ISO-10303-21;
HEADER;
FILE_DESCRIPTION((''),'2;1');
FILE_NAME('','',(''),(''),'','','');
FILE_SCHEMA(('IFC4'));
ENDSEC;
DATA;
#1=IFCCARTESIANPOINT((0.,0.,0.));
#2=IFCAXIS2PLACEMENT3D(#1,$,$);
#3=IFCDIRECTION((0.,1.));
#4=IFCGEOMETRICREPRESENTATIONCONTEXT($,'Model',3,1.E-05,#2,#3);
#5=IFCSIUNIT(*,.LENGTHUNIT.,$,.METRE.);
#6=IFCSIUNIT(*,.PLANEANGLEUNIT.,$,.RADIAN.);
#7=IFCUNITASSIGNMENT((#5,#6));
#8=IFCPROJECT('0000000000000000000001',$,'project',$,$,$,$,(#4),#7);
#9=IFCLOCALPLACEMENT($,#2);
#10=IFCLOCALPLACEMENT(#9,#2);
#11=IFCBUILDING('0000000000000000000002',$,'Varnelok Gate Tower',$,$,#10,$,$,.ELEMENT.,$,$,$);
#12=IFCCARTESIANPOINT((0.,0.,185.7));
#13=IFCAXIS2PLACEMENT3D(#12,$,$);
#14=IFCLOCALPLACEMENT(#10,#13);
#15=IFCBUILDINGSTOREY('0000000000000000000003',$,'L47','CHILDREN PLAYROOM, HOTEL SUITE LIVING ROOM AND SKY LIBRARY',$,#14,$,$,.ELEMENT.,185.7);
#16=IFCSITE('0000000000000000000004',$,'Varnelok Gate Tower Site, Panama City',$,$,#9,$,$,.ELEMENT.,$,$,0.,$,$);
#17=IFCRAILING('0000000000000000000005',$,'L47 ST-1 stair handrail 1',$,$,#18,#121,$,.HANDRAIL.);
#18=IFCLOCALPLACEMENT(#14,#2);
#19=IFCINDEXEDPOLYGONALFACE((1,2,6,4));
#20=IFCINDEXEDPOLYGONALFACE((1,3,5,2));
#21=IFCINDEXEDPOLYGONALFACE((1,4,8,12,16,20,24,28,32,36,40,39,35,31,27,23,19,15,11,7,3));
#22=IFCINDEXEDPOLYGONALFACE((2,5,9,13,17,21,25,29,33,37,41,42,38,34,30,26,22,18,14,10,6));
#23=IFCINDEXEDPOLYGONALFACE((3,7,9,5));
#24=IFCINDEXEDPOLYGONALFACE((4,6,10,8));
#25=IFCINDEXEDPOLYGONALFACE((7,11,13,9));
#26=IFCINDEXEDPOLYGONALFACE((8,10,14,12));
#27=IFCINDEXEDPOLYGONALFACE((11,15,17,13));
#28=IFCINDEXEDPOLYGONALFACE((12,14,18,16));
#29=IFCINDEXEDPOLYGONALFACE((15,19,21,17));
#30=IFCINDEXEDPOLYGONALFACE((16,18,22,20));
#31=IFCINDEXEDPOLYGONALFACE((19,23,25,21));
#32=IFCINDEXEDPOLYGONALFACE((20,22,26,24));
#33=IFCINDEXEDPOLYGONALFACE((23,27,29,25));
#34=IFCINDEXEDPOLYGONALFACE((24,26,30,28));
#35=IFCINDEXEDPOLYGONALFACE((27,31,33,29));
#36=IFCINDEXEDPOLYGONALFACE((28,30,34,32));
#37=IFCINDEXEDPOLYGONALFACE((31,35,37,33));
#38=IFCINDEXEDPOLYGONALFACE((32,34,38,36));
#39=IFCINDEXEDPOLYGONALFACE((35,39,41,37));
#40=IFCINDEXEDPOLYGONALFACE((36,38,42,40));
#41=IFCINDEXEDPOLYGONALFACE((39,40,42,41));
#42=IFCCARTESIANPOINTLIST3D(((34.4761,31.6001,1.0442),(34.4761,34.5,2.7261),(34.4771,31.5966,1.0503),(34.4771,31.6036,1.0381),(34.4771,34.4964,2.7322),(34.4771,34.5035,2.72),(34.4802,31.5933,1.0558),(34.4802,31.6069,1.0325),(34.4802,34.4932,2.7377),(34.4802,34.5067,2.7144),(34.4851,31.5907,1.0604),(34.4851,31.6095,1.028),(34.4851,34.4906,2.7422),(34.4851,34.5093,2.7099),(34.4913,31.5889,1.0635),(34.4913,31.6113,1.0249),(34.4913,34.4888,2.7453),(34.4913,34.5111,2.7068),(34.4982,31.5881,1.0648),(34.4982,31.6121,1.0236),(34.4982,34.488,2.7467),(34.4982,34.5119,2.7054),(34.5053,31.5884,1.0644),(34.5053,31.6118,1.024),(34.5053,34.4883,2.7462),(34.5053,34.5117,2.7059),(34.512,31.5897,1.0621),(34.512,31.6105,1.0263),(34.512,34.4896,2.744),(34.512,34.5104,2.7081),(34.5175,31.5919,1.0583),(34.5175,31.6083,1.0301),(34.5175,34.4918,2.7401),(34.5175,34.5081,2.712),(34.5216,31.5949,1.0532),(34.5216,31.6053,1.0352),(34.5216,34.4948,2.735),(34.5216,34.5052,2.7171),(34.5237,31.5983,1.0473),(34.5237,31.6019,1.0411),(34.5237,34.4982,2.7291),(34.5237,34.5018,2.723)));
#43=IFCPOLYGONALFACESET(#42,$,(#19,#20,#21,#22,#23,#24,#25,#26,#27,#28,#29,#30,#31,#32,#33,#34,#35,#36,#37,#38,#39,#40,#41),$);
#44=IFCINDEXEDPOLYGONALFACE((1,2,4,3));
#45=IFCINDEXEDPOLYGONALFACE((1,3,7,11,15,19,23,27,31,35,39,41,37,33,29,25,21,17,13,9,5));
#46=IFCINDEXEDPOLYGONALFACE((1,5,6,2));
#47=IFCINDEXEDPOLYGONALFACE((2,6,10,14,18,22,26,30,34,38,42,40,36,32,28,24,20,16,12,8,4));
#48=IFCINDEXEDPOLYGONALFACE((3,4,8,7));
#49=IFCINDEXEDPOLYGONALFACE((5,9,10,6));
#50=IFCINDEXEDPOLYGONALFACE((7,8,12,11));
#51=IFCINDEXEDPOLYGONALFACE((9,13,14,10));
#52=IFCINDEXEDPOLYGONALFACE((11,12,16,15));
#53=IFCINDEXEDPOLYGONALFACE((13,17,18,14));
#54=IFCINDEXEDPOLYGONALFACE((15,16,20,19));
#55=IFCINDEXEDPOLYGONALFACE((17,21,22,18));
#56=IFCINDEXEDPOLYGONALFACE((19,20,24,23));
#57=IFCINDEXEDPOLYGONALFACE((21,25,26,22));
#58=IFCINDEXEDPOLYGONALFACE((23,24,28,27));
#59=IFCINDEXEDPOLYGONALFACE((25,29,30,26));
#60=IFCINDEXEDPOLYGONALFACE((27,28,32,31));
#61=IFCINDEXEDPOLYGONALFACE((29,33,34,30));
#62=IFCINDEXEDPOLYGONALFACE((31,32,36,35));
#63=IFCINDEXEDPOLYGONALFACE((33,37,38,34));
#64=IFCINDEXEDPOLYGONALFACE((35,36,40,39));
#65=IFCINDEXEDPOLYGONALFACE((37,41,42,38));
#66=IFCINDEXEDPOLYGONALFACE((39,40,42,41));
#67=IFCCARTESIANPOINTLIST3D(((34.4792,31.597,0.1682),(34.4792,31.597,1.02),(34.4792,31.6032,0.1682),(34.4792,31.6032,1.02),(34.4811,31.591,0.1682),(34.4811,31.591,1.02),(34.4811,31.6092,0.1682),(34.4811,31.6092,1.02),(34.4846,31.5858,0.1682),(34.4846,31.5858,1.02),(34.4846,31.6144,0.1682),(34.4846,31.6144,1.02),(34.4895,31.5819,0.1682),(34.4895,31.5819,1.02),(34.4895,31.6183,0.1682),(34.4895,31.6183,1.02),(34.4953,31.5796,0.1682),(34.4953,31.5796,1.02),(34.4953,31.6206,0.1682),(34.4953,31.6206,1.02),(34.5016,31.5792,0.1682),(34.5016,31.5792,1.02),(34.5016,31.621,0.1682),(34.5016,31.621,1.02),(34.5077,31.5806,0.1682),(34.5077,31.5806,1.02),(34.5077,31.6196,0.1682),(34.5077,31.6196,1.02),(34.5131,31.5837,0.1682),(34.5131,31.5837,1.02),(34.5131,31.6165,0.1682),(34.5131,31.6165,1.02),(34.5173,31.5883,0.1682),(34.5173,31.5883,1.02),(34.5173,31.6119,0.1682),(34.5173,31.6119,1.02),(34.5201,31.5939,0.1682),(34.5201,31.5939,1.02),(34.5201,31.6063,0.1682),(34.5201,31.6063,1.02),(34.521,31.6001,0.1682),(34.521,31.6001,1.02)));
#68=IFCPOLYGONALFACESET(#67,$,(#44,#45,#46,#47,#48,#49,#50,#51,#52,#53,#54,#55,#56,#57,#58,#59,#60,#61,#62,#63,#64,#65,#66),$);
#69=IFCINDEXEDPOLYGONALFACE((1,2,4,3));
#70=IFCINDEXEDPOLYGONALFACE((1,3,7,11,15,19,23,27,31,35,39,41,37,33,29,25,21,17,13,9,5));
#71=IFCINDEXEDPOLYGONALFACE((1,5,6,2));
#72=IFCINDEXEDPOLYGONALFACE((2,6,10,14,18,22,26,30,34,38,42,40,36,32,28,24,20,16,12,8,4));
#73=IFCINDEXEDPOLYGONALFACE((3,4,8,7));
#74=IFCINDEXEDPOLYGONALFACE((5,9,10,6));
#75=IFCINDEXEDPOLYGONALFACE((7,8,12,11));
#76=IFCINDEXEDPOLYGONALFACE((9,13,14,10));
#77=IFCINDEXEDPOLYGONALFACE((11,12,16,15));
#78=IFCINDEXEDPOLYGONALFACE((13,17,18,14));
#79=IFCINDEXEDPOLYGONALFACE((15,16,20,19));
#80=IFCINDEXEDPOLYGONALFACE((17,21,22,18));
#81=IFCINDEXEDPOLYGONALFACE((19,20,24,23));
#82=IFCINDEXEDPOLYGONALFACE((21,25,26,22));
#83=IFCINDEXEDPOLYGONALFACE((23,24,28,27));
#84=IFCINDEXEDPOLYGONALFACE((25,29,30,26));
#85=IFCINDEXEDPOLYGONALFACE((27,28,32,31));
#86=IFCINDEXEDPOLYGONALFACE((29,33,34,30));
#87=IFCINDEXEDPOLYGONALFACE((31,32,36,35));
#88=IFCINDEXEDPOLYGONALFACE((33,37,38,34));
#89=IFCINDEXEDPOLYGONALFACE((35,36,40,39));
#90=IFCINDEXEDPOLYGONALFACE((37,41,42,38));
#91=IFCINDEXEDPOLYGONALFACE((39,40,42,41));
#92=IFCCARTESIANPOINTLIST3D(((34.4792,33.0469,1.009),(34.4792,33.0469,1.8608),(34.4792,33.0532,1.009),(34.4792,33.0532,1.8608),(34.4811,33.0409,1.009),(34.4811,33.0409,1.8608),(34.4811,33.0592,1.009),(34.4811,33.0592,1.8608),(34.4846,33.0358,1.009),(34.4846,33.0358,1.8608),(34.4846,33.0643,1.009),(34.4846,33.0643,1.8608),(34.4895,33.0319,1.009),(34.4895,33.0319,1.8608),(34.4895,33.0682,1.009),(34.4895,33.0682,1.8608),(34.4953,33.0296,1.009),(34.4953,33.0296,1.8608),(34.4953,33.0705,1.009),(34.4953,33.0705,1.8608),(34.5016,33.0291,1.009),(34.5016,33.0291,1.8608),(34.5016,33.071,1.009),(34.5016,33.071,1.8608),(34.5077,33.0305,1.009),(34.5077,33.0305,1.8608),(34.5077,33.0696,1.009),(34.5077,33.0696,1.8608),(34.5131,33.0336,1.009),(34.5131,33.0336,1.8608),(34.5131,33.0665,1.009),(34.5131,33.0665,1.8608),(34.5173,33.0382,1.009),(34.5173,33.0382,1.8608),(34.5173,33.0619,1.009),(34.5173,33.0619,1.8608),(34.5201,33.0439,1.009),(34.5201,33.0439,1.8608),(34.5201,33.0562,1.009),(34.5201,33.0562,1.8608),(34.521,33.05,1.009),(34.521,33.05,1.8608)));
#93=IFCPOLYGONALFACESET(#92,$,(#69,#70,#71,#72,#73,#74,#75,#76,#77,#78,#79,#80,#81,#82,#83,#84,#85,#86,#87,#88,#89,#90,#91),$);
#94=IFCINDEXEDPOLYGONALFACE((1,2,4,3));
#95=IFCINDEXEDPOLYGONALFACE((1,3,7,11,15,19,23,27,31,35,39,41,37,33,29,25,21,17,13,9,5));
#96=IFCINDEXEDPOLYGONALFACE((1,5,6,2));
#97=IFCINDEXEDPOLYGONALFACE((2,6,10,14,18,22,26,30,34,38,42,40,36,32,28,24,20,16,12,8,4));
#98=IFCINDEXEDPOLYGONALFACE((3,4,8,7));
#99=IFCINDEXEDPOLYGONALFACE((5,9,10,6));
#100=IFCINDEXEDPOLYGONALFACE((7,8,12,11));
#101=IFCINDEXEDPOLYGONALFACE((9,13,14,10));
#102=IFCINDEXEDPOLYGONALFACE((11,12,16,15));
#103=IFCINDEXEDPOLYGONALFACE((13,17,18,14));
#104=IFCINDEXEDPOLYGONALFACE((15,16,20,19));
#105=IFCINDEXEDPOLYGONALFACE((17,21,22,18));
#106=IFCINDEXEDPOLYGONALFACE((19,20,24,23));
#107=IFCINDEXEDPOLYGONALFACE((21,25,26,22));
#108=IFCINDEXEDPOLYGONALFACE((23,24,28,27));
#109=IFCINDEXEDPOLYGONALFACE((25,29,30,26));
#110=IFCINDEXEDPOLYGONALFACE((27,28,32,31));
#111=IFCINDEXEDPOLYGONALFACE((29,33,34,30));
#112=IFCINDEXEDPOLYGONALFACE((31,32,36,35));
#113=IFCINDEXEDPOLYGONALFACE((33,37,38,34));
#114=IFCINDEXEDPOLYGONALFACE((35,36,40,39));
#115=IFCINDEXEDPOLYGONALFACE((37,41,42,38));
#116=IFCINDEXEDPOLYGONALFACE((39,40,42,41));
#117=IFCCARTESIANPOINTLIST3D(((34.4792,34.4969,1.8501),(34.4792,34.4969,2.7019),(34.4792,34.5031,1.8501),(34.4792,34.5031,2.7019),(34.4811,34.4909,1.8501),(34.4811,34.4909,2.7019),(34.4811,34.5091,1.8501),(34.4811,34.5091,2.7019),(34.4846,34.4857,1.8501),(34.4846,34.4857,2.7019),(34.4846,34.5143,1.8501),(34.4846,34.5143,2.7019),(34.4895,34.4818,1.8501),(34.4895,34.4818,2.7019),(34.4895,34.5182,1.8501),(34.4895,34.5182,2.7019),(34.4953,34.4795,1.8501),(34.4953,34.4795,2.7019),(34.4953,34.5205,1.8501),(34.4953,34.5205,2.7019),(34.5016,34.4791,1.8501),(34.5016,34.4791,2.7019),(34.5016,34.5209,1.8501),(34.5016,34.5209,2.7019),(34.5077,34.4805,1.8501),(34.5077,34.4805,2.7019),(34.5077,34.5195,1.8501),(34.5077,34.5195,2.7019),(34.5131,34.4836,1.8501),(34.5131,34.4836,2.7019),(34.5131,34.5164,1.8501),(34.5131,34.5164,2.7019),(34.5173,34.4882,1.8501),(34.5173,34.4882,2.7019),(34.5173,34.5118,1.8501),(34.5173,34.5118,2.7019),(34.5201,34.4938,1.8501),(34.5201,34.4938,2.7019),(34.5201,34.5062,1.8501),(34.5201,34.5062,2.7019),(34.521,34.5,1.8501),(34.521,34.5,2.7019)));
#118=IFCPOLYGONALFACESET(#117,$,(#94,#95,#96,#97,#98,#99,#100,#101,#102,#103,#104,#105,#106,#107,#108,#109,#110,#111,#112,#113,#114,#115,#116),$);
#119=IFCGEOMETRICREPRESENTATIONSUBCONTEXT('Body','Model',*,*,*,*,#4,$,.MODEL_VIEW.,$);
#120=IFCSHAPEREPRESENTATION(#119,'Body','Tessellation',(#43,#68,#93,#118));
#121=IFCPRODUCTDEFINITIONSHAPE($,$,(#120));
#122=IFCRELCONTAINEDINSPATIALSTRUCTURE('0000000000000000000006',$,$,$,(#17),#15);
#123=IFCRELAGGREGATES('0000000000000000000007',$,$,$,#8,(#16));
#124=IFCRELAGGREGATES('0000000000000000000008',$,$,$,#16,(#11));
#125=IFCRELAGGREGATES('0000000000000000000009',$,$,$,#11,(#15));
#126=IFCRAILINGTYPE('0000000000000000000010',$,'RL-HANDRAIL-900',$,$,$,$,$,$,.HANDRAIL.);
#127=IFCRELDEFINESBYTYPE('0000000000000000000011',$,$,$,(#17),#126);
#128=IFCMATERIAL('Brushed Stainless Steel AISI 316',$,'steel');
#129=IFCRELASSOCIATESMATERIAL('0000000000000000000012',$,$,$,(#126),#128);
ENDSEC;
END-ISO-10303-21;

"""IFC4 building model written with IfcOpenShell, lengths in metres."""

from ifc_helpers import new_model, si_unit, direction, frame, origin, origin_2d, place, context, subcontext, project, spatial, circle, extrude, material, type_object, element, save


model = new_model("IFC4")

# Units and contexts
model_context = context("Model", 3, precision=1e-05, world=origin(), true_north=direction((0.0, 1.0)))
body_context = subcontext(model_context, "Body", "Model", "MODEL_VIEW")
ifc_project = project(units=[si_unit("LENGTHUNIT", "METRE"), si_unit("PLANEANGLEUNIT", "RADIAN")], contexts=[model_context])

# Site, building, storey
site_placement = place(None, origin())
site = spatial("IfcSite", under=ifc_project, at=site_placement, Name="Varnelok Gate Tower Site, Panama City", CompositionType="ELEMENT", RefElevation=0.0)
building_placement = place(site_placement, origin())
building = spatial("IfcBuilding", under=site, at=building_placement, Name="Varnelok Gate Tower", CompositionType="ELEMENT")
storey_placement = place(building_placement, frame((0.0, 0.0, 185.7)))
storey = spatial("IfcBuildingStorey", under=building, at=storey_placement, Name="L47", Description="CHILDREN PLAYROOM, HOTEL SUITE LIVING ROOM AND SKY LIBRARY", CompositionType="ELEMENT", Elevation=185.7)

# Railing
ifc_material_1 = material(Name="Brushed Stainless Steel AISI 316", Category="steel")
railing_type_1 = type_object("IfcRailingType", Name="RL-HANDRAIL-900", PredefinedType="HANDRAIL", material=ifc_material_1)
railing_1_placement = place(storey_placement, frame((34.5, 31.6001, 0.1682)))
element("IfcRailing", 1, at=railing_1_placement, inside=storey, type_object=railing_type_1, Name="L47 ST-1 stair handrail 1", PredefinedType="HANDRAIL", context=body_context, shape_type="SweptSolid", body=[
    extrude(circle(Radius=0.0239, at=origin_2d()), frame((0.0, 0.0, 0.876), z_axis=(0.0, 0.865039, 0.501705), x_axis=(-1.0, 0.0, 0.0)), (0.0, 0.0, 1.0), 3.3523),
    extrude(circle(Radius=0.021, at=origin_2d()), origin(), (0.0, 0.0, 1.0), 0.8518),
    extrude(circle(Radius=0.021, at=origin_2d()), frame((0.0, 1.45, 0.8408)), (0.0, 0.0, 1.0), 0.8518),
    extrude(circle(Radius=0.021, at=origin_2d()), frame((0.0, 2.8999, 1.6819)), (0.0, 0.0, 1.0), 0.8518),
])

save(model, "model.ifc")
